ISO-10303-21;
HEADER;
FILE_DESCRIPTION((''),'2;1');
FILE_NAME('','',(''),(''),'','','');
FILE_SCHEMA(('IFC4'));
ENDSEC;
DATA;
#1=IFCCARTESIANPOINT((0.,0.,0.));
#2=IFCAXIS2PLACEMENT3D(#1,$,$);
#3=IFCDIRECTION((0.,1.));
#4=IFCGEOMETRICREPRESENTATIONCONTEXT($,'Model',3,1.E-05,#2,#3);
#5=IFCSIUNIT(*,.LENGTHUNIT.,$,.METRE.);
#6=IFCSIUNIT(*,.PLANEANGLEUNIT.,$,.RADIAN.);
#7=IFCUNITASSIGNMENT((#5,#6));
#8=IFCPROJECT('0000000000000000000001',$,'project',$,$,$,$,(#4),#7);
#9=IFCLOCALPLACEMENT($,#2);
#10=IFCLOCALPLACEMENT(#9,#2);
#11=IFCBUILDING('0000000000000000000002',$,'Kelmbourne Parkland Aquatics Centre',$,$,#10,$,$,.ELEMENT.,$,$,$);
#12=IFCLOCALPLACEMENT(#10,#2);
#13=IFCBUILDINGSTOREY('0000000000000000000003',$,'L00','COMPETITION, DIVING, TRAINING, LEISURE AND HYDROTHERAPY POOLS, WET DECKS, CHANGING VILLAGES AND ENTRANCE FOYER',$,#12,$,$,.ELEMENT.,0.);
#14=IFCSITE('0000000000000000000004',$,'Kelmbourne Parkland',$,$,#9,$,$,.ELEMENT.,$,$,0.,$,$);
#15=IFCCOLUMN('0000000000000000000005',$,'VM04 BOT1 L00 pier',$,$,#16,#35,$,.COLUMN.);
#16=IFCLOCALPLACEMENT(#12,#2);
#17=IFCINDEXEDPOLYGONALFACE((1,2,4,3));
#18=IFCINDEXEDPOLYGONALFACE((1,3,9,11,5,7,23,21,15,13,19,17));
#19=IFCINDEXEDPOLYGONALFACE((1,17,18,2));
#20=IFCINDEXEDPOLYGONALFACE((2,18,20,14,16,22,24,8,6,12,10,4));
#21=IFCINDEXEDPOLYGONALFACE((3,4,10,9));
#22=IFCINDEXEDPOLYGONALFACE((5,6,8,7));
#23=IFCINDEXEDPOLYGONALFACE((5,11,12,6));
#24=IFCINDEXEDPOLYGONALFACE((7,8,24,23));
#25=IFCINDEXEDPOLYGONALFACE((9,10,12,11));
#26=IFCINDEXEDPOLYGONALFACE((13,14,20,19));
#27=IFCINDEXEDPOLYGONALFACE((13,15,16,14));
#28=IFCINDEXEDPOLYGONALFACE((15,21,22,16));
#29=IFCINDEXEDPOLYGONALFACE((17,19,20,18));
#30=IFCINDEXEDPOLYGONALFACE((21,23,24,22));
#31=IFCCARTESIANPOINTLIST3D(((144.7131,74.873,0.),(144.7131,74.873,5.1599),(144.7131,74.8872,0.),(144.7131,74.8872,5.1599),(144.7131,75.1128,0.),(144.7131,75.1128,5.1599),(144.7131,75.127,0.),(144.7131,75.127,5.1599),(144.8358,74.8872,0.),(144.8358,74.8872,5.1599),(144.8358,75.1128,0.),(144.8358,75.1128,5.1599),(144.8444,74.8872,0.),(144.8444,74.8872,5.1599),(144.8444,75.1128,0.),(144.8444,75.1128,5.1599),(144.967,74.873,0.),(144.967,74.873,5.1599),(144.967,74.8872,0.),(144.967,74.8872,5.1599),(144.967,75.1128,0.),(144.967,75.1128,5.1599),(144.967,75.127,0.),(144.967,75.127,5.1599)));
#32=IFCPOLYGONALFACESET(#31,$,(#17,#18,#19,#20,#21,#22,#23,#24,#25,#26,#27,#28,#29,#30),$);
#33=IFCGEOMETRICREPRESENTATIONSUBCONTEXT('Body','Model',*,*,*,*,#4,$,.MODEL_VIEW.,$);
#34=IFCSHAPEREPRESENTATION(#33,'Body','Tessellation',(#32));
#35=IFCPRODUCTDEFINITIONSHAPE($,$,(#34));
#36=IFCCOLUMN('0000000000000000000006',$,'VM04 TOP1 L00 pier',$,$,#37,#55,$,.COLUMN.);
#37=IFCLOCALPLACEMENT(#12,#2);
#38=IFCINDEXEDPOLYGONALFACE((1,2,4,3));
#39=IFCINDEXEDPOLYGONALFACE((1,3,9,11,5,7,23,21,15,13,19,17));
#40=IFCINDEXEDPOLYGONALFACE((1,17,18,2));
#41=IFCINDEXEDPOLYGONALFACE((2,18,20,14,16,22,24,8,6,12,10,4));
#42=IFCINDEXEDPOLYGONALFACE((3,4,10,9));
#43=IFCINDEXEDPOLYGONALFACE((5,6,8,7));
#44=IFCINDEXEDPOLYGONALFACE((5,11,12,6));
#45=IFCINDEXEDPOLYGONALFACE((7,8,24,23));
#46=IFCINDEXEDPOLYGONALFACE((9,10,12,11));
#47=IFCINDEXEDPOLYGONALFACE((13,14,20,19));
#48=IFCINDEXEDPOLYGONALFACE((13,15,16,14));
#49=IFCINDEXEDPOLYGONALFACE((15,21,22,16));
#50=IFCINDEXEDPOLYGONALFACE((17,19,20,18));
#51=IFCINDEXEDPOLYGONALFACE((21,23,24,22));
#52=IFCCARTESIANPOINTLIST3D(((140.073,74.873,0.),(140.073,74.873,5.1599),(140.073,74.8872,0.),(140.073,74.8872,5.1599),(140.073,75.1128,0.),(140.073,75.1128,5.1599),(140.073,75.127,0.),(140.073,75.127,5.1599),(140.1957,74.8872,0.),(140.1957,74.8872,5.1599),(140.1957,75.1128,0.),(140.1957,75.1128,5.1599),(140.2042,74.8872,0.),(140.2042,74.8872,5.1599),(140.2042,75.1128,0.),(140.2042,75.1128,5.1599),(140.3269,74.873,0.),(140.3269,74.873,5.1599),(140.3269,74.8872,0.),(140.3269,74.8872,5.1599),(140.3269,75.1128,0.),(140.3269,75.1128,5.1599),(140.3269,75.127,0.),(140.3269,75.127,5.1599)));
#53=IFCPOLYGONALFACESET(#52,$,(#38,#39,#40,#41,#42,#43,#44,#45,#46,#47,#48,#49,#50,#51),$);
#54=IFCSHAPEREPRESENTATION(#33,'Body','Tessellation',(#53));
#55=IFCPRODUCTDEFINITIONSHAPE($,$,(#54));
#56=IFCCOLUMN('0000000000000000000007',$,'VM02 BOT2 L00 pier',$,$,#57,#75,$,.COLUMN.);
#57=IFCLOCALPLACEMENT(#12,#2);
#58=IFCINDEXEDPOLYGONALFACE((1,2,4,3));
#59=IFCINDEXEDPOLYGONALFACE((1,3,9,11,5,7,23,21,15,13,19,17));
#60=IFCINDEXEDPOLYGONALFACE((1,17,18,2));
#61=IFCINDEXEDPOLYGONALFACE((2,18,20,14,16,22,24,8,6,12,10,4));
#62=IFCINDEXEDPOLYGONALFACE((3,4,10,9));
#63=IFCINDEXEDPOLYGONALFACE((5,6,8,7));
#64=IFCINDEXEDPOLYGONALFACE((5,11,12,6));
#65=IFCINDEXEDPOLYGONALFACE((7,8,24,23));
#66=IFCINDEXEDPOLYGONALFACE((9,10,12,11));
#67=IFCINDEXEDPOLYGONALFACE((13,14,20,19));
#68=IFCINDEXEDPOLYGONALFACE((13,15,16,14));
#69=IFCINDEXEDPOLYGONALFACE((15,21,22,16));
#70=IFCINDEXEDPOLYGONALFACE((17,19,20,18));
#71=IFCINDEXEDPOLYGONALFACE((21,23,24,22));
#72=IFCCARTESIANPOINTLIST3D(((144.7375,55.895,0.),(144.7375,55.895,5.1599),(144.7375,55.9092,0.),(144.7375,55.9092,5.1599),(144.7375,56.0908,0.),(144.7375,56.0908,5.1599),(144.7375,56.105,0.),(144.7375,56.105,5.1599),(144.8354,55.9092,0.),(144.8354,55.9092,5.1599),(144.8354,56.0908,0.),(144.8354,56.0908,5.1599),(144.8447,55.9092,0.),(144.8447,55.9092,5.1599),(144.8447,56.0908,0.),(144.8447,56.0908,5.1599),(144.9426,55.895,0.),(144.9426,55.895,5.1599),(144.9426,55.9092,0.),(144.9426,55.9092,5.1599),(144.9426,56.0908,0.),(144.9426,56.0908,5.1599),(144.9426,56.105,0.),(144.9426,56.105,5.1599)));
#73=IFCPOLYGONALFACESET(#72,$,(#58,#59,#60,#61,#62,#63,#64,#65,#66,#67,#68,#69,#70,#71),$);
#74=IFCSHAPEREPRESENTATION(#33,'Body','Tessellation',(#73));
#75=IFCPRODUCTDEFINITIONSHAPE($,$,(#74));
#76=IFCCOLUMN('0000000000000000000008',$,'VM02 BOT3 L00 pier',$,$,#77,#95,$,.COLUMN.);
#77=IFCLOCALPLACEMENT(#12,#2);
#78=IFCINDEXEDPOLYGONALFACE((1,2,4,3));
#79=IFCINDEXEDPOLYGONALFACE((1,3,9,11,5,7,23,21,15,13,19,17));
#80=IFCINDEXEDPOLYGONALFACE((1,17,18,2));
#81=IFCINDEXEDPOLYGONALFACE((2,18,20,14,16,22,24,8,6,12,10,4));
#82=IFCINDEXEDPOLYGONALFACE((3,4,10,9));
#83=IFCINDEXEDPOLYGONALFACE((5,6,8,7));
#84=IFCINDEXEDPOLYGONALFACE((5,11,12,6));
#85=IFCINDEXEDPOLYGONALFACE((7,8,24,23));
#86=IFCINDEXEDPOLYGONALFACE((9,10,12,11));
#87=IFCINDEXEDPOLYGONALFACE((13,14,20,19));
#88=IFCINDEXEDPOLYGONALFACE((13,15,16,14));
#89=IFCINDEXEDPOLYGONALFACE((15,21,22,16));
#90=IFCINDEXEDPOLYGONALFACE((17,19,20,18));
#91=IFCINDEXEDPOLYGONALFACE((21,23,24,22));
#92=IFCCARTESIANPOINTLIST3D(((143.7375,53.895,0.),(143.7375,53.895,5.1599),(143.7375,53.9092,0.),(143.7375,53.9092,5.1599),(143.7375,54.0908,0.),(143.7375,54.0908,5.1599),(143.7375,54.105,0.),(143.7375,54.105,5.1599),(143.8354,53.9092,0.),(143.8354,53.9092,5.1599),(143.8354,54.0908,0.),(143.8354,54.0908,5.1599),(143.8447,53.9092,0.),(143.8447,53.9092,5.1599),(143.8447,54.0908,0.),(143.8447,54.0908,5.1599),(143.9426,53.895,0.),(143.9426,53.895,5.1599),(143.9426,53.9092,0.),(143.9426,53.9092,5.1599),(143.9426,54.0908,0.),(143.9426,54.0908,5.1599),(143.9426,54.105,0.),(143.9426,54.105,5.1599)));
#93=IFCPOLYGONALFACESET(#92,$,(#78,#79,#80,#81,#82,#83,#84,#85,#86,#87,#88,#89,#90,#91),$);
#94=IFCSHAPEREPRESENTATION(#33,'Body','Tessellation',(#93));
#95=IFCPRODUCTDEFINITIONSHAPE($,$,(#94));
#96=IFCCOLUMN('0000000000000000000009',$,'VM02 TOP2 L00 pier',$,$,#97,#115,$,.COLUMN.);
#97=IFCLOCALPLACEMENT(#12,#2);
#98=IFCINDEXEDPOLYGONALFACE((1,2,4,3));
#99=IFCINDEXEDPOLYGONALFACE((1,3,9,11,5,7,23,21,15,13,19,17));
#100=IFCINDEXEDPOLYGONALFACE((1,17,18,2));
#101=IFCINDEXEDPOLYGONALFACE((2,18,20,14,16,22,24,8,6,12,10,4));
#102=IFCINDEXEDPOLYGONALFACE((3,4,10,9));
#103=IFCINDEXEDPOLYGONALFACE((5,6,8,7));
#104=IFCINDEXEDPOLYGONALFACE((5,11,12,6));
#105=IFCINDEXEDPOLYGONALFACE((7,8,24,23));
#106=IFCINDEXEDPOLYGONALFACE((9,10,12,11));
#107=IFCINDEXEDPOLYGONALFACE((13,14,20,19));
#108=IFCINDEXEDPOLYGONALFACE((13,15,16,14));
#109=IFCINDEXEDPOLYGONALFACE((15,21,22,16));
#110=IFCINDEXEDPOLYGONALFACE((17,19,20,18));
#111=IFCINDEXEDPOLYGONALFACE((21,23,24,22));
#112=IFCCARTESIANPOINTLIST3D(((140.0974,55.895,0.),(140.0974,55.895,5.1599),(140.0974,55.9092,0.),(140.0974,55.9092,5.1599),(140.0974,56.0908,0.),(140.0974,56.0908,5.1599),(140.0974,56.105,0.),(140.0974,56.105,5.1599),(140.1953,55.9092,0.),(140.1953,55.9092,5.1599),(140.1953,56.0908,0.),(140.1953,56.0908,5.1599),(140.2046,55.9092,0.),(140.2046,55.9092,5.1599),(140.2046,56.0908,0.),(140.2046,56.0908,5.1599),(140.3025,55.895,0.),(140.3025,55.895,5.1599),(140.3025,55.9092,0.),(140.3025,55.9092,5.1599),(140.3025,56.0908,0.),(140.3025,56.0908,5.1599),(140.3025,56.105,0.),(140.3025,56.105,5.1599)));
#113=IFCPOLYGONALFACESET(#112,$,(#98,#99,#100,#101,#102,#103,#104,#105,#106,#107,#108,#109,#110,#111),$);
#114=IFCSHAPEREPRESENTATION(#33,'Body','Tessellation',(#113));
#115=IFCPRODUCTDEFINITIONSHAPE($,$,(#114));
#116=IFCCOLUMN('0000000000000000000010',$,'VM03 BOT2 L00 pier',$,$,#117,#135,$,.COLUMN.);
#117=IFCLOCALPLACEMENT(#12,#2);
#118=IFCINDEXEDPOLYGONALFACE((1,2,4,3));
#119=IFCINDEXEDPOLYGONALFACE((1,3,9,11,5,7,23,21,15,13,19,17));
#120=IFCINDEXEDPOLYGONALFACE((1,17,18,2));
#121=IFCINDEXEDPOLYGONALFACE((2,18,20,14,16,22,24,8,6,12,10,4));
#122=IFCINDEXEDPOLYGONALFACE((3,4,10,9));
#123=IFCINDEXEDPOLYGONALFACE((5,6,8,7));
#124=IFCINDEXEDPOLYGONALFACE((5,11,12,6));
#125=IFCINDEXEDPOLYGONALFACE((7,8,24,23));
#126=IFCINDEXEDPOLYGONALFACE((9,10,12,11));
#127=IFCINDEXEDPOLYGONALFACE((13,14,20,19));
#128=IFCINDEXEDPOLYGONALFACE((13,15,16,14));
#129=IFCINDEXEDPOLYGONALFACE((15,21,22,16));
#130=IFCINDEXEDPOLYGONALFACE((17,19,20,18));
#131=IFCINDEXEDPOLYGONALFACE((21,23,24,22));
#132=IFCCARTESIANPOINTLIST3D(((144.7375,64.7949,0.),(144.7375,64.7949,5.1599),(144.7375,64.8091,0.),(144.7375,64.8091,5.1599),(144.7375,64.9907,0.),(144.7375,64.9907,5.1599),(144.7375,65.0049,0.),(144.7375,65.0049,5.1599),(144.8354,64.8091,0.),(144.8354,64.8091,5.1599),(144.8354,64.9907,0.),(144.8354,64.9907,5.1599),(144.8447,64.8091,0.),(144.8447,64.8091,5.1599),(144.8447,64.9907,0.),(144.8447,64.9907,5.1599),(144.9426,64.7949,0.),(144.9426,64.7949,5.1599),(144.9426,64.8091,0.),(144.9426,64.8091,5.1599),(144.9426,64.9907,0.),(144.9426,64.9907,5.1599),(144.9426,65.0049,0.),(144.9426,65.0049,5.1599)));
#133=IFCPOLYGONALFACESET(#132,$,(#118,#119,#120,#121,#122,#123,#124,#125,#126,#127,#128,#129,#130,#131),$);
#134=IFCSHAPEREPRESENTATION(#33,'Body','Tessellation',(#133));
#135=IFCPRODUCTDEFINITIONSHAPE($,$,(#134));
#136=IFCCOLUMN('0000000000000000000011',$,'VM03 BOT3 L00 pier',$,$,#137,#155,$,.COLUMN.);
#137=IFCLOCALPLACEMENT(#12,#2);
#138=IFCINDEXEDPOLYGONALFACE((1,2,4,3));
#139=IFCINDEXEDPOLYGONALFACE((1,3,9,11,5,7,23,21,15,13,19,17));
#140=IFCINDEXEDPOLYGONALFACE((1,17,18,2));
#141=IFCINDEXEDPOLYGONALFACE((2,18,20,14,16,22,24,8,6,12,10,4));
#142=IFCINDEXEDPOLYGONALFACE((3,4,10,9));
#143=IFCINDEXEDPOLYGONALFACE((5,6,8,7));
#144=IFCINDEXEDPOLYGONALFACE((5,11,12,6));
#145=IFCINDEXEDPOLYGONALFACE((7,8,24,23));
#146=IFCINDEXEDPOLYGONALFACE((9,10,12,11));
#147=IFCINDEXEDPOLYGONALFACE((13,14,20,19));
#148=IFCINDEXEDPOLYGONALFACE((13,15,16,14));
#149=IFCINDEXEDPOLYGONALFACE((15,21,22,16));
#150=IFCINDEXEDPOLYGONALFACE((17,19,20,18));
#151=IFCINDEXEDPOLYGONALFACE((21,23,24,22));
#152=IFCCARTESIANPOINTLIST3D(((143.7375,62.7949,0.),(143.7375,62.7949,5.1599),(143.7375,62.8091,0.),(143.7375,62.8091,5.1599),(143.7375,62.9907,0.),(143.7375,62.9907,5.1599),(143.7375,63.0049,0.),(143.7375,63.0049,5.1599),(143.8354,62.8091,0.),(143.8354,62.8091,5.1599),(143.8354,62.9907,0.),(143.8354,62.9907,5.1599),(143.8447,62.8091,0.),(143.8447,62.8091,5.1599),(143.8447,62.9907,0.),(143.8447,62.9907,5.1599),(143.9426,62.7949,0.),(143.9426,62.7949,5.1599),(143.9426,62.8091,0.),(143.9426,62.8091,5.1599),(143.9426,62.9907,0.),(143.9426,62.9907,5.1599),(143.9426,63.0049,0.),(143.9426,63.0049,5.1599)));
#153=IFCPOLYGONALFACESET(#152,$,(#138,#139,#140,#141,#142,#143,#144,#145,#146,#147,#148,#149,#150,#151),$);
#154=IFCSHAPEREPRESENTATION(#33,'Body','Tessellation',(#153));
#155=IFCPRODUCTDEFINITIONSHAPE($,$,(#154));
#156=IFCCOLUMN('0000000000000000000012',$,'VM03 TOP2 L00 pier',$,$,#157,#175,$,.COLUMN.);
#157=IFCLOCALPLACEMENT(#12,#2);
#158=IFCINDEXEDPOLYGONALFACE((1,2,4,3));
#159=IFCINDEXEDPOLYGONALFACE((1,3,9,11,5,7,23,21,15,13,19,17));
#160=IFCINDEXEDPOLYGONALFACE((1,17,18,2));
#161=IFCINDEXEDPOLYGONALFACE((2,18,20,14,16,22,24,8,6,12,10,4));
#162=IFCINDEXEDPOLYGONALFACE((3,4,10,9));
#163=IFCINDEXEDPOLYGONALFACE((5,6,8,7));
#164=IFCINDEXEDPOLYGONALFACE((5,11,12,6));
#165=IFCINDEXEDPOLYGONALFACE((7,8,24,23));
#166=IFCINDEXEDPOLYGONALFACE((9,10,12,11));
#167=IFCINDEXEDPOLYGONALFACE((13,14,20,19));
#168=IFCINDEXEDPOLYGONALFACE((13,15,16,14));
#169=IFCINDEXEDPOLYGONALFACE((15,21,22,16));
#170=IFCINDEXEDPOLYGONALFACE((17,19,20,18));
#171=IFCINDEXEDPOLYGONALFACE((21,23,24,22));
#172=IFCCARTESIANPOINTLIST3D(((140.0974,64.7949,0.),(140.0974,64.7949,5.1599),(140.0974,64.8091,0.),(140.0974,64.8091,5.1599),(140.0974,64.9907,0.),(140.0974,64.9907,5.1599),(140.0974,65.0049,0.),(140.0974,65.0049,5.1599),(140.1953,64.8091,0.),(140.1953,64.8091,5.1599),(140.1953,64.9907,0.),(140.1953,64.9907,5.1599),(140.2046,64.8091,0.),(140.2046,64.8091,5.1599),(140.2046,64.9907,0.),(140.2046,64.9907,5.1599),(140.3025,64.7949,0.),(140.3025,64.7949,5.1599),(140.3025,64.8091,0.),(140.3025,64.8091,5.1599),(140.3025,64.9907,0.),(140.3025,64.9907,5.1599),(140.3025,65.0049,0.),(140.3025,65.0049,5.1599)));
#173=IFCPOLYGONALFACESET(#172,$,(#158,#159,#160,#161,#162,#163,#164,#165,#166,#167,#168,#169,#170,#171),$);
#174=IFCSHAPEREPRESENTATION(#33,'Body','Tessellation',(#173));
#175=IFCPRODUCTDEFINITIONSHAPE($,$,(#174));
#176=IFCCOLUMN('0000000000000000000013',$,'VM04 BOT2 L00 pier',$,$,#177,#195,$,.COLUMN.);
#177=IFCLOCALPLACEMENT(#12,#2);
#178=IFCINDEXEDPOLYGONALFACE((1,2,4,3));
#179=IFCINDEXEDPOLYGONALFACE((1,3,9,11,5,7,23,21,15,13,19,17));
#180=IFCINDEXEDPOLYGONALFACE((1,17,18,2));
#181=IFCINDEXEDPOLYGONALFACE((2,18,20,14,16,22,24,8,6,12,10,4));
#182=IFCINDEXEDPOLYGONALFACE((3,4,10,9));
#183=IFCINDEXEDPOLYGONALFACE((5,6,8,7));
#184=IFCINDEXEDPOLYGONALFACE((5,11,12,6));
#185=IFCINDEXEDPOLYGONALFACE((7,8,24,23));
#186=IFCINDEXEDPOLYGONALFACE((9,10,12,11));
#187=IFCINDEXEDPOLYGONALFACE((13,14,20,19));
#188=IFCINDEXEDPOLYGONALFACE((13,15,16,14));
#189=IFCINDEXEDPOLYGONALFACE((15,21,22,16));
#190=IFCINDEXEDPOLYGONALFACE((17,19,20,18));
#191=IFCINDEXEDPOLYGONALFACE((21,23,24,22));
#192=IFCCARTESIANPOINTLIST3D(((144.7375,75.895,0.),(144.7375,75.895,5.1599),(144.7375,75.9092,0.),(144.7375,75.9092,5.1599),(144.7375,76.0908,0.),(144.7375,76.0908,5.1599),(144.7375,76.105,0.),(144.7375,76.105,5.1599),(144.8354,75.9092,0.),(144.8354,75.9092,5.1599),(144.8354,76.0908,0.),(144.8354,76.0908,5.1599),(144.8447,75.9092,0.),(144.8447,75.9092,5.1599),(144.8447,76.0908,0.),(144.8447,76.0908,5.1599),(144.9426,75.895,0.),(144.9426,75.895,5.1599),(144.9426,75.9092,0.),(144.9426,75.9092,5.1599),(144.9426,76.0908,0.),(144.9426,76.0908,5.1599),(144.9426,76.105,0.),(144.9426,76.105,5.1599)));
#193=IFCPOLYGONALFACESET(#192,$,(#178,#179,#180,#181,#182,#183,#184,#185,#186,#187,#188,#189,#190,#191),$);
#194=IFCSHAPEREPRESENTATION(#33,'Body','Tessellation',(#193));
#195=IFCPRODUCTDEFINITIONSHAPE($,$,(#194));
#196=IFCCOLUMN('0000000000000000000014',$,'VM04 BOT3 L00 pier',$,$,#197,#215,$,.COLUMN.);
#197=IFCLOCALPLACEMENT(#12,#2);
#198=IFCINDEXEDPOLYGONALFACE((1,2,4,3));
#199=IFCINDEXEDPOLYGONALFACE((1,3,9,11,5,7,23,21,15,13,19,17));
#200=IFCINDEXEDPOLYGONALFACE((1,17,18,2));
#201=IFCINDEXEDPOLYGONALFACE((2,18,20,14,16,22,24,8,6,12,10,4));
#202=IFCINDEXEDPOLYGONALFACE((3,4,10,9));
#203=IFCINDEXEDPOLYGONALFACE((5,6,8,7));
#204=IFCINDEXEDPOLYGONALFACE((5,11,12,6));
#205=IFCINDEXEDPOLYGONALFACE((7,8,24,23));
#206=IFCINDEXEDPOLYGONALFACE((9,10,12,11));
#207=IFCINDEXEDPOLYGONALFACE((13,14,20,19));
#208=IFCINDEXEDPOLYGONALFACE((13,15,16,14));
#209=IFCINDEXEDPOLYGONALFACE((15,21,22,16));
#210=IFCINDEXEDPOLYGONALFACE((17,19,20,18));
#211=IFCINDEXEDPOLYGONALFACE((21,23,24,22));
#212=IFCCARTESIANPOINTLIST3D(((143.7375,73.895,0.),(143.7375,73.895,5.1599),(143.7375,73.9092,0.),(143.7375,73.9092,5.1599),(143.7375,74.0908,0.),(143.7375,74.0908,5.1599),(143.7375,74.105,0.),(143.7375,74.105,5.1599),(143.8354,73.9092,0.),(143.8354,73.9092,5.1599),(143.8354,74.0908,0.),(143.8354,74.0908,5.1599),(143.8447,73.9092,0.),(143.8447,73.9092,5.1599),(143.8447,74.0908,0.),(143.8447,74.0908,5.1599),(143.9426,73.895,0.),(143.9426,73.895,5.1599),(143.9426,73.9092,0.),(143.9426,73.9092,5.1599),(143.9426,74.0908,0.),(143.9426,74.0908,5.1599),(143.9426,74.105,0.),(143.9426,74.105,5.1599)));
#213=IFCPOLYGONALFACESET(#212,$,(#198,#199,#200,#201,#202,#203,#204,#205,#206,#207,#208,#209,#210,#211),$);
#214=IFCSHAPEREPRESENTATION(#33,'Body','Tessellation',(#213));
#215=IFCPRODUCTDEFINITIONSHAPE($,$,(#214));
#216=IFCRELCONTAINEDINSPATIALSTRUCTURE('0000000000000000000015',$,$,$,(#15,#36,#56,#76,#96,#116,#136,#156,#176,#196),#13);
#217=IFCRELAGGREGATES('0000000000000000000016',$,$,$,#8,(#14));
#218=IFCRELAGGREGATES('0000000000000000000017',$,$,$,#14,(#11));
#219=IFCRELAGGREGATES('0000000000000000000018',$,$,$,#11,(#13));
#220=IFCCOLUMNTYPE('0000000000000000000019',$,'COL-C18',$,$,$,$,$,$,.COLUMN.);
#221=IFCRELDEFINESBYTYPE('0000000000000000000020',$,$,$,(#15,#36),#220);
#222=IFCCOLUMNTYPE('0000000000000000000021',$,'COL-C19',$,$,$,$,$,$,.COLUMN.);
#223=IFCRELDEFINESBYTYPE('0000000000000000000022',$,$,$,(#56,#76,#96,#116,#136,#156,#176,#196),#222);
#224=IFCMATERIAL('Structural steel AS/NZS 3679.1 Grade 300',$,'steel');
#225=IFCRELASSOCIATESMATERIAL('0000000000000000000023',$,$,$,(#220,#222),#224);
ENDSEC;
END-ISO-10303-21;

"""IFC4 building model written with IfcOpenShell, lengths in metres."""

from ifc_helpers import new_model, si_unit, direction, frame, origin, origin_2d, place, context, subcontext, project, spatial, i_section, extrude, material, material_profile, profile_set, type_object, element, save


model = new_model("IFC4")

# Units and contexts
model_context = context("Model", 3, precision=1e-05, world=origin(), true_north=direction((0.0, 1.0)))
body_context = subcontext(model_context, "Body", "Model", "MODEL_VIEW")
ifc_project = project(units=[si_unit("LENGTHUNIT", "METRE"), si_unit("PLANEANGLEUNIT", "RADIAN")], contexts=[model_context])

# Site, building, storey
site_placement = place(None, origin())
site = spatial("IfcSite", under=ifc_project, at=site_placement, Name="Kelmbourne Parkland", CompositionType="ELEMENT", RefElevation=0.0)
building_placement = place(site_placement, origin())
building = spatial("IfcBuilding", under=site, at=building_placement, Name="Kelmbourne Parkland Aquatics Centre", CompositionType="ELEMENT")
storey_placement = place(building_placement, origin())
storey = spatial("IfcBuildingStorey", under=building, at=storey_placement, Name="L00", Description="COMPETITION, DIVING, TRAINING, LEISURE AND HYDROTHERAPY POOLS, WET DECKS, CHANGING VILLAGES AND ENTRANCE FOYER", CompositionType="ELEMENT", Elevation=0.0)

# Columns
ifc_material_1 = material(Name="Structural steel AS/NZS 3679.1 Grade 300", Category="steel")
ifc_material_profile_1 = material_profile(ifc_material_1, i_section(OverallWidth=0.2539, OverallDepth=0.2539, WebThickness=0.0085, FlangeThickness=0.0142, at=origin_2d()), Name="250UC72.9")
ifc_profile_set_1 = profile_set([ifc_material_profile_1], Name="Structural steel AS/NZS 3679.1 Grade 300")
column_type_1 = type_object("IfcColumnType", Name="COL-C18", PredefinedType="COLUMN", material=ifc_profile_set_1)
for number, where, z_axis, x_axis, name in (
    (1, (144.8401, 75.0, 0.0), (0.0, 0.0, 1.0), (1.0, 0.0, 0.0), "VM04 BOT1 L00 pier"),
    (2, (140.2, 75.0, 0.0), (0.0, 0.0, 1.0), (1.0, 0.0, 0.0), "VM04 TOP1 L00 pier"),
):
    element("IfcColumn", number, at=place(storey_placement, frame(where, z_axis=z_axis, x_axis=x_axis)), inside=storey, type_object=column_type_1, Name=name, PredefinedType="COLUMN", context=body_context, shape_type="SweptSolid", body=[
        extrude(i_section(OverallWidth=0.2539, OverallDepth=0.2539, WebThickness=0.0085, FlangeThickness=0.0142, at=origin_2d()), origin(), (0.0, 0.0, 1.0), 5.1599),
    ])
ifc_material_profile_2 = material_profile(ifc_material_1, i_section(OverallWidth=0.2051, OverallDepth=0.21, WebThickness=0.0093, FlangeThickness=0.0142, at=origin_2d()), Name="200UC59.5")
ifc_profile_set_2 = profile_set([ifc_material_profile_2], Name="Structural steel AS/NZS 3679.1 Grade 300")
column_type_2 = type_object("IfcColumnType", Name="COL-C19", PredefinedType="COLUMN", material=ifc_profile_set_2)
for number, where, z_axis, x_axis, name in (
    (3, (144.8401, 56.0, 0.0), (0.0, 0.0, 1.0), (1.0, 0.0, 0.0), "VM02 BOT2 L00 pier"),
    (4, (143.8401, 54.0, 0.0), (0.0, 0.0, 1.0), (1.0, 0.0, 0.0), "VM02 BOT3 L00 pier"),
    (5, (140.2, 56.0, 0.0), (0.0, 0.0, 1.0), (1.0, 0.0, 0.0), "VM02 TOP2 L00 pier"),
    (6, (144.8401, 64.8999, 0.0), (0.0, 0.0, 1.0), (1.0, 0.0, 0.0), "VM03 BOT2 L00 pier"),
    (7, (143.8401, 62.8999, 0.0), (0.0, 0.0, 1.0), (1.0, 0.0, 0.0), "VM03 BOT3 L00 pier"),
    (8, (140.2, 64.8999, 0.0), (0.0, 0.0, 1.0), (1.0, 0.0, 0.0), "VM03 TOP2 L00 pier"),
    (9, (144.8401, 76.0, 0.0), (0.0, 0.0, 1.0), (1.0, 0.0, 0.0), "VM04 BOT2 L00 pier"),
    (10, (143.8401, 74.0, 0.0), (0.0, 0.0, 1.0), (1.0, 0.0, 0.0), "VM04 BOT3 L00 pier"),
):
    element("IfcColumn", number, at=place(storey_placement, frame(where, z_axis=z_axis, x_axis=x_axis)), inside=storey, type_object=column_type_2, Name=name, PredefinedType="COLUMN", context=body_context, shape_type="SweptSolid", body=[
        extrude(i_section(OverallWidth=0.2051, OverallDepth=0.21, WebThickness=0.0093, FlangeThickness=0.0142, at=origin_2d()), origin(), (0.0, 0.0, 1.0), 5.1599),
    ])

save(model, "model.ifc")
